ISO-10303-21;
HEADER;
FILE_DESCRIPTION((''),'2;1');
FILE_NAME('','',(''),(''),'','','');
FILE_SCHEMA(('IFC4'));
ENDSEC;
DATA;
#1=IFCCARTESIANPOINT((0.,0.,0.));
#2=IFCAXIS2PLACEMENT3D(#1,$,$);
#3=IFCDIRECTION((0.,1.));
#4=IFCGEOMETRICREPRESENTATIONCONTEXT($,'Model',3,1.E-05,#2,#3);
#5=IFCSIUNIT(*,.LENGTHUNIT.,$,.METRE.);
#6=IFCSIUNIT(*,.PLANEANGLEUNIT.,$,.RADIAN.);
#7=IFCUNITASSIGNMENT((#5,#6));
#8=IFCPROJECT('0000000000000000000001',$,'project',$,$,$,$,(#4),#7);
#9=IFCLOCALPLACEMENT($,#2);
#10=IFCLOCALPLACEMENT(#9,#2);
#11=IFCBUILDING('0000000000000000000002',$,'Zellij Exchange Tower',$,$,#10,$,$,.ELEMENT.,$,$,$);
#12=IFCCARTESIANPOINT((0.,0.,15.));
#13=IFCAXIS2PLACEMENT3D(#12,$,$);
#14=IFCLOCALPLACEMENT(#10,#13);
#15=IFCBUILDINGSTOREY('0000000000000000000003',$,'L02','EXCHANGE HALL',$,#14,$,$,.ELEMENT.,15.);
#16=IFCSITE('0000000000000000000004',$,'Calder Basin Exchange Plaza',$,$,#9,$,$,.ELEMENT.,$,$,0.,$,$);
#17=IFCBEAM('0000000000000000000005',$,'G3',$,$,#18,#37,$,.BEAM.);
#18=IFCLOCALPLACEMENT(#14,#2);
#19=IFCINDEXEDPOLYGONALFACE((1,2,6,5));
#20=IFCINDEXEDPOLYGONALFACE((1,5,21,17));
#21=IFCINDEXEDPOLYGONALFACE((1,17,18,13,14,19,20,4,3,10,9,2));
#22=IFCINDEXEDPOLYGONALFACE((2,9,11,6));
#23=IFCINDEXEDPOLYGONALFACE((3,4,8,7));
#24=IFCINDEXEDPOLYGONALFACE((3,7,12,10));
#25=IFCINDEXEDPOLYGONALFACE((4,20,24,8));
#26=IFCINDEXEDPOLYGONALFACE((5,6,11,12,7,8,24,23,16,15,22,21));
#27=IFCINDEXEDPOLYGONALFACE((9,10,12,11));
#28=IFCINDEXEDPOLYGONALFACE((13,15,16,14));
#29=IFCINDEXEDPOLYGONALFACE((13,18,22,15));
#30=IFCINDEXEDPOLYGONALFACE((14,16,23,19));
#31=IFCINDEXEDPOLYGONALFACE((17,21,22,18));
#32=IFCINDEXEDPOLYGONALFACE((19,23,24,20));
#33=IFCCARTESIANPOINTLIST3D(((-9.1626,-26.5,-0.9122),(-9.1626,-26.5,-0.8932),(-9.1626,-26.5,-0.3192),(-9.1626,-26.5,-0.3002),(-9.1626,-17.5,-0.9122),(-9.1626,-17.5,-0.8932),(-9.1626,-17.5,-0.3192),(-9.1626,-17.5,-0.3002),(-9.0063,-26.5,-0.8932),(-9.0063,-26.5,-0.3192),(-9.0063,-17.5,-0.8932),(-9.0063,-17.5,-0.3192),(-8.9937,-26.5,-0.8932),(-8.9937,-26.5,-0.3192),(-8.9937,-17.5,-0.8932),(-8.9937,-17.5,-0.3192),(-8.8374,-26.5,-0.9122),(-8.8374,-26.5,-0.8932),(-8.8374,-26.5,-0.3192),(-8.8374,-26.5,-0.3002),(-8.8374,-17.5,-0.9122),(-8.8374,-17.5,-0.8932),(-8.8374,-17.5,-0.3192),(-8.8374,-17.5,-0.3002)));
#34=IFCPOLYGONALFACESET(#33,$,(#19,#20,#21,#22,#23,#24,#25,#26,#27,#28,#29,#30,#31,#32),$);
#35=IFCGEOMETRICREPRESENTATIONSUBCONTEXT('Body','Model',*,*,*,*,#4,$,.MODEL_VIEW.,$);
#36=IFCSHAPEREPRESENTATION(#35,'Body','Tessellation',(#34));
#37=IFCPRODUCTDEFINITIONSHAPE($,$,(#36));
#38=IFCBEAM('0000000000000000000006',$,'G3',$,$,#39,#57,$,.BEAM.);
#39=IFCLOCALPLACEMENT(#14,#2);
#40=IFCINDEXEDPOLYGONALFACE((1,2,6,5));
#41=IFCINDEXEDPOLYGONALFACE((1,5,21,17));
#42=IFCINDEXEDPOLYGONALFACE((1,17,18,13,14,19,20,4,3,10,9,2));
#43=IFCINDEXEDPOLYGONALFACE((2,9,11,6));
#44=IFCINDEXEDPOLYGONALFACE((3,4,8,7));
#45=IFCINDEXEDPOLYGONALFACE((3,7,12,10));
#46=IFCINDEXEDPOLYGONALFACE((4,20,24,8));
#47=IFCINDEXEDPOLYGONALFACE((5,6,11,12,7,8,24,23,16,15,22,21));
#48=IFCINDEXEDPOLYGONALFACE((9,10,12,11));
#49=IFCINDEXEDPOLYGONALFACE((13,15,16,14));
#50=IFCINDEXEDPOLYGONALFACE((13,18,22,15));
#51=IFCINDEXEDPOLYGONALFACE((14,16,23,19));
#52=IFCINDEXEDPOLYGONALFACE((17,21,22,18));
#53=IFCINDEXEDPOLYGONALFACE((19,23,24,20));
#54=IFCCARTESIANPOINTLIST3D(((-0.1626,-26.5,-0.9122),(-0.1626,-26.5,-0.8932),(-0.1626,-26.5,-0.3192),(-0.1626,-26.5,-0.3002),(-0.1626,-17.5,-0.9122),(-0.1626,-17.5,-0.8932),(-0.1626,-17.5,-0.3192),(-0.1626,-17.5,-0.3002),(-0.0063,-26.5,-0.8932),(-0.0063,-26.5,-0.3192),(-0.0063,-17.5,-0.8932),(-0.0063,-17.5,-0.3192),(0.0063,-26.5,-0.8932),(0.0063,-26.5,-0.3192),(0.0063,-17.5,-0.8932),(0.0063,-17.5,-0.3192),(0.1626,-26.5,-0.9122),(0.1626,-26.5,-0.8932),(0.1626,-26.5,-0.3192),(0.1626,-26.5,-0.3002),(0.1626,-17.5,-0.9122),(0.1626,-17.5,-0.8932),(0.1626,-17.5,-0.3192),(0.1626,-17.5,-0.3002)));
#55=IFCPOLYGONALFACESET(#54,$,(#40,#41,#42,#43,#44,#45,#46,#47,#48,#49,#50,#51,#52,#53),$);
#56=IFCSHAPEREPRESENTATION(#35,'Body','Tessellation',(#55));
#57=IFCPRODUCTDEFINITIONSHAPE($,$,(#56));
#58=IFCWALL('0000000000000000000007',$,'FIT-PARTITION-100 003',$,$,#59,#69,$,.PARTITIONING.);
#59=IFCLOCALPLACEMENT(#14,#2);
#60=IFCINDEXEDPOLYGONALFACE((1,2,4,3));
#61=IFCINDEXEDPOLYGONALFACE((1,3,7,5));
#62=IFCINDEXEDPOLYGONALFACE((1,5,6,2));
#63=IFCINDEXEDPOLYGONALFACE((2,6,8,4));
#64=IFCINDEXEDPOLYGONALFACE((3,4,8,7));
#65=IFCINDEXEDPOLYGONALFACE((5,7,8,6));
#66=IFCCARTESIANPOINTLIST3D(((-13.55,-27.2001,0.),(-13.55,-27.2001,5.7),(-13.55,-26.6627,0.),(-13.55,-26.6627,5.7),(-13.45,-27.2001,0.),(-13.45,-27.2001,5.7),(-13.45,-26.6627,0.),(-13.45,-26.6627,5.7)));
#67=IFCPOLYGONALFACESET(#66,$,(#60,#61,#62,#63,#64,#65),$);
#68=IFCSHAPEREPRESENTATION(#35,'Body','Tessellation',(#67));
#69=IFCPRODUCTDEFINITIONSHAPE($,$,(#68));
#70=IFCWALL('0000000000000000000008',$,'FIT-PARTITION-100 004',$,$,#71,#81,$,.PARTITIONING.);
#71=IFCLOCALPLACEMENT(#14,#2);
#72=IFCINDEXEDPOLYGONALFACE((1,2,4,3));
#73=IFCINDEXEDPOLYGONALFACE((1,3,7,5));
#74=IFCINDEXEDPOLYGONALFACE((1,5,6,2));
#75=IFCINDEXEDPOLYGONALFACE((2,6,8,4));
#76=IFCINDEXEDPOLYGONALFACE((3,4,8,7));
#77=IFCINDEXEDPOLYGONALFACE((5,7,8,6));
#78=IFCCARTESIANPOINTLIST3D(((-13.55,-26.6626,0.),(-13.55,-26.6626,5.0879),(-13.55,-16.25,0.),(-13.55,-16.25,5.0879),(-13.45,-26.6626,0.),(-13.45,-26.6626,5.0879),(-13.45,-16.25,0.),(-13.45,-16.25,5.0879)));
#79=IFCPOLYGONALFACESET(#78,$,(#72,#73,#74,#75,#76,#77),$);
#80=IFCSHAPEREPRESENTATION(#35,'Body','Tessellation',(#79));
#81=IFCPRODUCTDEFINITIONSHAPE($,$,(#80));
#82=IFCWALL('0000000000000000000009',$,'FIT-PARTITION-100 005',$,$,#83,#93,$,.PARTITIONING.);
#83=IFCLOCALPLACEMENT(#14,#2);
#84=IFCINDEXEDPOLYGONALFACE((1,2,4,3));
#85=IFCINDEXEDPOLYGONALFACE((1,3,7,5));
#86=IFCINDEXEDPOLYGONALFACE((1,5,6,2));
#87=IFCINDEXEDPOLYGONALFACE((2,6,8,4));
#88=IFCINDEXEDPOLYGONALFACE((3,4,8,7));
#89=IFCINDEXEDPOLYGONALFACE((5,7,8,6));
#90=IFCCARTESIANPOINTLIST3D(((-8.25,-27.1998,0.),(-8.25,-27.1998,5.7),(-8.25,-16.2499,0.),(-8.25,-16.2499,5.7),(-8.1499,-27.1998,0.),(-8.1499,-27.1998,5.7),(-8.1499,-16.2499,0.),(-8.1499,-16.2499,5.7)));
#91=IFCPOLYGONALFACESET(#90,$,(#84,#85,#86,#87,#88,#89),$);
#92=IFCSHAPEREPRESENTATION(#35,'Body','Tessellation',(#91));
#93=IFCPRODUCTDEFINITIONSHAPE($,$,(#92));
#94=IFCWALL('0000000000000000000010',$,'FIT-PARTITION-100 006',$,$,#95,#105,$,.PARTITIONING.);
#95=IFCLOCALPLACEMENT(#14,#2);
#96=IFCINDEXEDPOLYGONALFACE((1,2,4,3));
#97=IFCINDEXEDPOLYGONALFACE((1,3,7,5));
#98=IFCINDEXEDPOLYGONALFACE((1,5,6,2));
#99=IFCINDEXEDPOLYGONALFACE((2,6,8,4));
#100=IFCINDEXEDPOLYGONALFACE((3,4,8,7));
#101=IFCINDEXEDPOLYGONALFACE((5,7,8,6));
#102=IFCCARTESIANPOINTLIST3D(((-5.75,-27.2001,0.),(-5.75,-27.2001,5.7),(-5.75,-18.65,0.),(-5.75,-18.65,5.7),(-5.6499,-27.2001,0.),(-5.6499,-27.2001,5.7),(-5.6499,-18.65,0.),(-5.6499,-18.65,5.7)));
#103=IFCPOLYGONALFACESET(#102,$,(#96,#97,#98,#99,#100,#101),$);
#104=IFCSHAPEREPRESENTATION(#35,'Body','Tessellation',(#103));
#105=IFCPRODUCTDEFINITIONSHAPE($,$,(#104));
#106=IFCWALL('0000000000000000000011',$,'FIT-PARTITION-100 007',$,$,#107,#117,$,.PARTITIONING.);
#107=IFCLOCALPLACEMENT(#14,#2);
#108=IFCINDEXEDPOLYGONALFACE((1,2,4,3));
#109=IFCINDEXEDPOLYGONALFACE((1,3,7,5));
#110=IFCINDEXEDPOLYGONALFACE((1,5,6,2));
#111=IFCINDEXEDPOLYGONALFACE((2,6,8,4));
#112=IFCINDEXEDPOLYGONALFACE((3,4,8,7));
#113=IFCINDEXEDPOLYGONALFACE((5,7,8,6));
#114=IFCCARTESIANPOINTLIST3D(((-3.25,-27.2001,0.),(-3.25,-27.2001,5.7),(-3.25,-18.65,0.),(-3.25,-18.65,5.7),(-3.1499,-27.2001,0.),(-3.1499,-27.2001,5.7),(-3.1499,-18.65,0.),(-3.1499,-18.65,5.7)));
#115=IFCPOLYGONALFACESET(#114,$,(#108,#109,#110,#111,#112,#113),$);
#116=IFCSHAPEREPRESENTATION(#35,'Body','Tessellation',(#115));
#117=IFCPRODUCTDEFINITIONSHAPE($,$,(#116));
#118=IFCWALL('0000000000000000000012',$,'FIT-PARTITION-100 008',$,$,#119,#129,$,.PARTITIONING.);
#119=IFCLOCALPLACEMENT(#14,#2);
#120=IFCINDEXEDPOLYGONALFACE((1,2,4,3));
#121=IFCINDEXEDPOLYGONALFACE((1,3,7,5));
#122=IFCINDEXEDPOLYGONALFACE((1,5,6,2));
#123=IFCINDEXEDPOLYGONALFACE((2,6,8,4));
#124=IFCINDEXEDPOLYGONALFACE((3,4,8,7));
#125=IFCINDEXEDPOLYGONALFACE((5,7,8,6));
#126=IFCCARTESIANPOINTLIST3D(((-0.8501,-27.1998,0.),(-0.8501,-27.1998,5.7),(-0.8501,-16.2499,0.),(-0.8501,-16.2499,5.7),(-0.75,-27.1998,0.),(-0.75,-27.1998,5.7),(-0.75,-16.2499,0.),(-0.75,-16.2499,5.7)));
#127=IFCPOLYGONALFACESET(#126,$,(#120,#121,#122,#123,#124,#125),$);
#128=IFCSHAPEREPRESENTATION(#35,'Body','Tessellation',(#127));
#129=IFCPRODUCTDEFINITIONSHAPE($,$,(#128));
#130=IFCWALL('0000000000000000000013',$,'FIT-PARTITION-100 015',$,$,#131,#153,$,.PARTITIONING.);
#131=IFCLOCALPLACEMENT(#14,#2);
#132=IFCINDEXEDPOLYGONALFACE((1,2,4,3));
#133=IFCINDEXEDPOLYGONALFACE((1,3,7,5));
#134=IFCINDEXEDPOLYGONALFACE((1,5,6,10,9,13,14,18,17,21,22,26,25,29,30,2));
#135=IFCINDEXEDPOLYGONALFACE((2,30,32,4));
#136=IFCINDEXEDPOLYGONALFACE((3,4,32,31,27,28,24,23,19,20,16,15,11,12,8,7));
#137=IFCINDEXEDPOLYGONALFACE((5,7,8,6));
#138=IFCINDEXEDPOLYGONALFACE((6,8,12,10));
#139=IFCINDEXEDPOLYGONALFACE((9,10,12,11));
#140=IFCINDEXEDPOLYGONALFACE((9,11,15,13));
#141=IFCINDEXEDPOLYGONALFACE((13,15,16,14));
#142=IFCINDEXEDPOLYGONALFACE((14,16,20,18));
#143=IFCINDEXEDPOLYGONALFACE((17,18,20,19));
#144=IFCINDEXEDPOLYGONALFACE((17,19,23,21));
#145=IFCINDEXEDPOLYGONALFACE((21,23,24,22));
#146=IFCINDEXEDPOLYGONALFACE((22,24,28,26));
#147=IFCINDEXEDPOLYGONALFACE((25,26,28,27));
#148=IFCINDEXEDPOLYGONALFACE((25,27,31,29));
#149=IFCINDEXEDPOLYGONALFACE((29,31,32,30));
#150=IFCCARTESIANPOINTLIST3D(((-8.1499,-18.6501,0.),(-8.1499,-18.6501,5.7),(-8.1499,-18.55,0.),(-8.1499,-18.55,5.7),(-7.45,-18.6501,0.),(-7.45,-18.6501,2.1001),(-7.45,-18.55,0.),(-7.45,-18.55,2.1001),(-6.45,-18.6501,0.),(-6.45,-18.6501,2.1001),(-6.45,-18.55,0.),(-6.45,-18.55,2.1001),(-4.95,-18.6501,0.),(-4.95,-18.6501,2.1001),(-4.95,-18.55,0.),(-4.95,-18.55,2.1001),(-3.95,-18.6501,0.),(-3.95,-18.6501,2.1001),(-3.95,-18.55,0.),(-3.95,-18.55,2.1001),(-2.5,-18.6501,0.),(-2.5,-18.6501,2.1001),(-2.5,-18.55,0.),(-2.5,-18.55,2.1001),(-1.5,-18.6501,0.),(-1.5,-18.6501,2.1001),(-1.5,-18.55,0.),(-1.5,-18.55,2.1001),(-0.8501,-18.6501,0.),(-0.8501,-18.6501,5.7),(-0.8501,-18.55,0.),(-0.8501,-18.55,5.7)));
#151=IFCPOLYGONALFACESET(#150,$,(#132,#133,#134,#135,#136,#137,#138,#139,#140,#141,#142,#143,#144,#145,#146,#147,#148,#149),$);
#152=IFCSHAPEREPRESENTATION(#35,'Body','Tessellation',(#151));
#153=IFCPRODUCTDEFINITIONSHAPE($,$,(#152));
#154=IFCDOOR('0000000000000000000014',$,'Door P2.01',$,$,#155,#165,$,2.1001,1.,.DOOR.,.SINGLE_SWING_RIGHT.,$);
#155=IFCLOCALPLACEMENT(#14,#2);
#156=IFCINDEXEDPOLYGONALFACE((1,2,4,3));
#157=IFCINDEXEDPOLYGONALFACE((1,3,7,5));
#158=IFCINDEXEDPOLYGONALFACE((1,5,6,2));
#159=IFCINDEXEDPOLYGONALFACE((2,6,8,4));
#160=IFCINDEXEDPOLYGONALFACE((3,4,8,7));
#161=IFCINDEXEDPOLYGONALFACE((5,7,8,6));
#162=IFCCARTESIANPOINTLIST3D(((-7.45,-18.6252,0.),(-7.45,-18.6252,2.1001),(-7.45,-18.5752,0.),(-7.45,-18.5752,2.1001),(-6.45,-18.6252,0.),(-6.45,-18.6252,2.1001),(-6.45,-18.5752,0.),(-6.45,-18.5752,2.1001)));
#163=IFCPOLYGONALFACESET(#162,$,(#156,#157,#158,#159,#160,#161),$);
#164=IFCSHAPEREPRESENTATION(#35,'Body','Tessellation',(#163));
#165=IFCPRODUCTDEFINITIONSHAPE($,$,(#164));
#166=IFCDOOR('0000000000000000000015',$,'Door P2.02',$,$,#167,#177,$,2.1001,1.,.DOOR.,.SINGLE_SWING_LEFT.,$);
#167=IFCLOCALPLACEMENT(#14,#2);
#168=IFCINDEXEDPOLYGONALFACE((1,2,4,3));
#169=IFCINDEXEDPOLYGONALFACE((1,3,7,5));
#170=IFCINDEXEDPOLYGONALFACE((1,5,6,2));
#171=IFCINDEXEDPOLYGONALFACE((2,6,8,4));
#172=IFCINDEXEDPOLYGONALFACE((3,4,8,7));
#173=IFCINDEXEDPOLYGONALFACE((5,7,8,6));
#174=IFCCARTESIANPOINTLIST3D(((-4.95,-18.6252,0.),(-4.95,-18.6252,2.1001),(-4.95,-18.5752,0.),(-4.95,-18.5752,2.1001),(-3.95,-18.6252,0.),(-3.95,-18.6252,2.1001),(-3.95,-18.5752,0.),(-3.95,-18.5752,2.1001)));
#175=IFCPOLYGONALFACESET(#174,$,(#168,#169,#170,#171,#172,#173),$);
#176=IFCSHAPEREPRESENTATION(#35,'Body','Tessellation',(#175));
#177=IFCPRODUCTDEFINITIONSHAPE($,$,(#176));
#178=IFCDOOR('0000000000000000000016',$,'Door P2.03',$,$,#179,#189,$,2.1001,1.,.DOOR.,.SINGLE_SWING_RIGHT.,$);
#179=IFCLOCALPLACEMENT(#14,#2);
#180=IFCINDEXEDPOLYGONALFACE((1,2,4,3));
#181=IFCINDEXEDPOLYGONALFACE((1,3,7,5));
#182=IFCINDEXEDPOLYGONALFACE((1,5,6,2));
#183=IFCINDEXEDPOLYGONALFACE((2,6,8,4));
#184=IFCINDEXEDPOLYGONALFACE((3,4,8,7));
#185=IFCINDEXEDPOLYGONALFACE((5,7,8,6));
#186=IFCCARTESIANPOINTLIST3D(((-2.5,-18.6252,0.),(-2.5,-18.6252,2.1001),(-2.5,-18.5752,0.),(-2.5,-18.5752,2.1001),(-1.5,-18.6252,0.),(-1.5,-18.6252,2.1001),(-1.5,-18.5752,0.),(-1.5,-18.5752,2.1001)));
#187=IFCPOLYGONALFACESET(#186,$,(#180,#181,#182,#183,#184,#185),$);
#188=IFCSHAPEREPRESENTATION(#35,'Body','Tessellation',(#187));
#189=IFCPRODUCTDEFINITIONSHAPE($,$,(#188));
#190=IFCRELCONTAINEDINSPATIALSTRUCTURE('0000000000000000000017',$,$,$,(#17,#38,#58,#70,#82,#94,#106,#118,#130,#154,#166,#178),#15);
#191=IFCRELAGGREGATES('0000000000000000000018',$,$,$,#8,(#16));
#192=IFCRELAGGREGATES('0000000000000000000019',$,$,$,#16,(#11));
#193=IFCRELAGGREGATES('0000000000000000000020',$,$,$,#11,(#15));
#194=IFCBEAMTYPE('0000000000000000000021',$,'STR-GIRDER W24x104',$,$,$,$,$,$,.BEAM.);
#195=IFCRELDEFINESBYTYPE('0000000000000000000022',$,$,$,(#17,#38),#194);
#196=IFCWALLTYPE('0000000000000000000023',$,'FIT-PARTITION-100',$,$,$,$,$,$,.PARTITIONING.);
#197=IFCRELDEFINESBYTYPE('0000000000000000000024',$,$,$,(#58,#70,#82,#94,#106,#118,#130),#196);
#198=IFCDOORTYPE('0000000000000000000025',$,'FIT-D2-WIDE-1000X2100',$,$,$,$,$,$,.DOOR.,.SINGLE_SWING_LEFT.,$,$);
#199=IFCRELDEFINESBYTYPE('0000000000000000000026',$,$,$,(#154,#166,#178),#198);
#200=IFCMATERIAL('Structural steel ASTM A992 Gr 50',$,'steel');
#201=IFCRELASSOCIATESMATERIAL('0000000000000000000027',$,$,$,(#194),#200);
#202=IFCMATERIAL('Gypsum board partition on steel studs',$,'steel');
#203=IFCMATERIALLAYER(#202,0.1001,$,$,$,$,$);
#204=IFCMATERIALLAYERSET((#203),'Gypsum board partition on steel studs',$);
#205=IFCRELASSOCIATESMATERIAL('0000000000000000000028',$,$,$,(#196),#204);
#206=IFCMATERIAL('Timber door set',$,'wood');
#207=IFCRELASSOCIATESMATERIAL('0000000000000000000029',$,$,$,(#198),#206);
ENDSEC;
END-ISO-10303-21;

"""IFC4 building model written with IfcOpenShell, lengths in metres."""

from ifc_helpers import new_model, si_unit, direction, frame, frame_2d, origin, origin_2d, place, context, subcontext, project, spatial, rectangle, i_section, extrude, material, layer, layer_set, material_profile, profile_set, type_object, element, fill, save


model = new_model("IFC4")

# Units and contexts
model_context = context("Model", 3, precision=1e-05, world=origin(), true_north=direction((0.0, 1.0)))
body_context = subcontext(model_context, "Body", "Model", "MODEL_VIEW")
ifc_project = project(units=[si_unit("LENGTHUNIT", "METRE"), si_unit("PLANEANGLEUNIT", "RADIAN")], contexts=[model_context])

# Site, building, storey
site_placement = place(None, origin())
site = spatial("IfcSite", under=ifc_project, at=site_placement, Name="Calder Basin Exchange Plaza", CompositionType="ELEMENT", RefElevation=0.0)
building_placement = place(site_placement, origin())
building = spatial("IfcBuilding", under=site, at=building_placement, Name="Zellij Exchange Tower", CompositionType="ELEMENT")
storey_placement = place(building_placement, frame((0.0, 0.0, 15.0)))
storey = spatial("IfcBuildingStorey", under=building, at=storey_placement, Name="L02", Description="EXCHANGE HALL", CompositionType="ELEMENT", Elevation=15.0)

# Beams
ifc_material_1 = material(Name="Structural steel ASTM A992 Gr 50", Category="steel")
ifc_material_profile_1 = material_profile(ifc_material_1, i_section(OverallWidth=0.3252, OverallDepth=0.6121, WebThickness=0.0127, FlangeThickness=0.019, at=origin_2d()), Name="W24x104")
ifc_profile_set_1 = profile_set([ifc_material_profile_1], Name="Structural steel ASTM A992 Gr 50")
beam_type_1 = type_object("IfcBeamType", Name="STR-GIRDER W24x104", PredefinedType="BEAM", material=ifc_profile_set_1)
for number, where, z_axis, x_axis, name in (
    (1, (-9.0, -26.5, -0.6062), (0.0, 1.0, 0.0), (-1.0, 0.0, 0.0), "G3"),
    (2, (0.0, -26.5, -0.6062), (0.0, 1.0, 0.0), (-1.0, 0.0, 0.0), "G3"),
):
    element("IfcBeam", number, at=place(storey_placement, frame(where, z_axis=z_axis, x_axis=x_axis)), inside=storey, type_object=beam_type_1, Name=name, PredefinedType="BEAM", context=body_context, shape_type="SweptSolid", body=[
        extrude(i_section(OverallWidth=0.3252, OverallDepth=0.6121, WebThickness=0.0127, FlangeThickness=0.019, at=origin_2d()), origin(), (0.0, 0.0, 1.0), 9.0),
    ])

# Walls
ifc_material_2 = material(Name="Gypsum board partition on steel studs", Category="steel")
ifc_layer = layer(ifc_material_2, 0.1001)
ifc_layer_set = layer_set([ifc_layer], Name="Gypsum board partition on steel studs")
wall_type = type_object("IfcWallType", Name="FIT-PARTITION-100", PredefinedType="PARTITIONING", material=ifc_layer_set)
wall_1_placement = place(storey_placement, frame((-13.5, -27.2, 0.0), z_axis=(0.0, 0.0, 1.0), x_axis=(0.0, 1.0, 0.0)))
element("IfcWall", 3, at=wall_1_placement, inside=storey, type_object=wall_type, Name="FIT-PARTITION-100 003", PredefinedType="PARTITIONING", context=body_context, shape_type="SweptSolid", body=[
    extrude(rectangle(XDim=0.5374, YDim=0.1001, at=frame_2d((0.2686, 0.0))), origin(), (0.0, 0.0, 1.0), 5.7),
])
wall_2_placement = place(storey_placement, frame((-13.5, -26.6626, 0.0), z_axis=(0.0, 0.0, 1.0), x_axis=(0.0, 1.0, 0.0)))
element("IfcWall", 4, at=wall_2_placement, inside=storey, type_object=wall_type, Name="FIT-PARTITION-100 004", PredefinedType="PARTITIONING", context=body_context, shape_type="SweptSolid", body=[
    extrude(rectangle(XDim=10.4126, YDim=0.1001, at=frame_2d((5.2063, 0.0))), origin(), (0.0, 0.0, 1.0), 5.0879),
])
wall_3_placement = place(storey_placement, frame((-8.2, -27.2, 0.0), z_axis=(0.0, 0.0, 1.0), x_axis=(0.0, 1.0, 0.0)))
element("IfcWall", 5, at=wall_3_placement, inside=storey, type_object=wall_type, Name="FIT-PARTITION-100 005", PredefinedType="PARTITIONING", context=body_context, shape_type="SweptSolid", body=[
    extrude(rectangle(XDim=10.95, YDim=0.1001, at=frame_2d((5.4751, 0.0))), origin(), (0.0, 0.0, 1.0), 5.7),
])
for number, where, z_axis, x_axis, name in (
    (6, (-5.7, -27.2, 0.0), (0.0, 0.0, 1.0), (0.0, 1.0, 0.0), "FIT-PARTITION-100 006"),
    (7, (-3.2, -27.2, 0.0), (0.0, 0.0, 1.0), (0.0, 1.0, 0.0), "FIT-PARTITION-100 007"),
):
    element("IfcWall", number, at=place(storey_placement, frame(where, z_axis=z_axis, x_axis=x_axis)), inside=storey, type_object=wall_type, Name=name, PredefinedType="PARTITIONING", context=body_context, shape_type="SweptSolid", body=[
        extrude(rectangle(XDim=8.55, YDim=0.1001, at=frame_2d((4.2749, 0.0))), origin(), (0.0, 0.0, 1.0), 5.7),
    ])
wall_4_placement = place(storey_placement, frame((-0.8, -27.2, 0.0), z_axis=(0.0, 0.0, 1.0), x_axis=(0.0, 1.0, 0.0)))
element("IfcWall", 8, at=wall_4_placement, inside=storey, type_object=wall_type, Name="FIT-PARTITION-100 008", PredefinedType="PARTITIONING", context=body_context, shape_type="SweptSolid", body=[
    extrude(rectangle(XDim=10.95, YDim=0.1001, at=frame_2d((5.4751, 0.0))), origin(), (0.0, 0.0, 1.0), 5.7),
])

# Wall, openings, doors
wall_5_placement = place(storey_placement, frame((-8.1499, -18.6001, 0.0), z_axis=(0.0, 0.0, 1.0), x_axis=(1.0, 0.0, 0.0)))
wall_5 = element("IfcWall", 9, at=wall_5_placement, inside=storey, type_object=wall_type, Name="FIT-PARTITION-100 015", PredefinedType="PARTITIONING", context=body_context, shape_type="SweptSolid", body=[
    extrude(rectangle(XDim=7.2998, YDim=0.1001, at=frame_2d((3.6499, 0.0))), origin(), (0.0, 0.0, 1.0), 5.7),
])
opening_1_placement = place(wall_5_placement, frame((0.7, 0.0, 0.0)))
opening_1 = element("IfcOpeningElement", 10, at=opening_1_placement, cuts=wall_5, PredefinedType="OPENING", context=body_context, shape_type="SweptSolid", body=[
    extrude(rectangle(XDim=1.0, YDim=2.1001, at=frame_2d((0.5, 1.05))), frame((0.0, 0.062, 0.0), z_axis=(0.0, -1.0, 0.0), x_axis=(1.0, 0.0, 0.0)), (0.0, 0.0, 1.0), 0.124),
])
opening_2_placement = place(wall_5_placement, frame((3.2, 0.0, 0.0)))
opening_2 = element("IfcOpeningElement", 11, at=opening_2_placement, cuts=wall_5, PredefinedType="OPENING", context=body_context, shape_type="SweptSolid", body=[
    extrude(rectangle(XDim=1.0, YDim=2.1001, at=frame_2d((0.5, 1.05))), frame((0.0, 0.062, 0.0), z_axis=(0.0, -1.0, 0.0), x_axis=(1.0, 0.0, 0.0)), (0.0, 0.0, 1.0), 0.124),
])
opening_3_placement = place(wall_5_placement, frame((5.6499, 0.0, 0.0)))
opening_3 = element("IfcOpeningElement", 12, at=opening_3_placement, cuts=wall_5, PredefinedType="OPENING", context=body_context, shape_type="SweptSolid", body=[
    extrude(rectangle(XDim=1.0, YDim=2.1001, at=frame_2d((0.5, 1.05))), frame((0.0, 0.062, 0.0), z_axis=(0.0, -1.0, 0.0), x_axis=(1.0, 0.0, 0.0)), (0.0, 0.0, 1.0), 0.124),
])
ifc_material_3 = material(Name="Timber door set", Category="wood")
door_type = type_object("IfcDoorType", Name="FIT-D2-WIDE-1000X2100", OperationType="SINGLE_SWING_LEFT", PredefinedType="DOOR", material=ifc_material_3)
door_1_placement = place(opening_1_placement, origin())
door_1 = element("IfcDoor", 13, at=door_1_placement, inside=storey, type_object=door_type, Name="Door P2.01", OperationType="SINGLE_SWING_RIGHT", OverallHeight=2.1001, OverallWidth=1.0, PredefinedType="DOOR", context=body_context, shape_type="SweptSolid", body=[
    extrude(rectangle(XDim=1.0, YDim=2.1001, at=frame_2d((0.5, 1.05))), frame((0.0, 0.0249, 0.0), z_axis=(0.0, -1.0, 0.0), x_axis=(1.0, 0.0, 0.0)), (0.0, 0.0, 1.0), 0.05),
])
fill(opening_1, door_1)
door_2_placement = place(opening_2_placement, origin())
door_2 = element("IfcDoor", 14, at=door_2_placement, inside=storey, type_object=door_type, Name="Door P2.02", OperationType="SINGLE_SWING_LEFT", OverallHeight=2.1001, OverallWidth=1.0, PredefinedType="DOOR", context=body_context, shape_type="SweptSolid", body=[
    extrude(rectangle(XDim=1.0, YDim=2.1001, at=frame_2d((0.5, 1.05))), frame((0.0, 0.0249, 0.0), z_axis=(0.0, -1.0, 0.0), x_axis=(1.0, 0.0, 0.0)), (0.0, 0.0, 1.0), 0.05),
])
fill(opening_2, door_2)
door_3_placement = place(opening_3_placement, origin())
door_3 = element("IfcDoor", 15, at=door_3_placement, inside=storey, type_object=door_type, Name="Door P2.03", OperationType="SINGLE_SWING_RIGHT", OverallHeight=2.1001, OverallWidth=1.0, PredefinedType="DOOR", context=body_context, shape_type="SweptSolid", body=[
    extrude(rectangle(XDim=1.0, YDim=2.1001, at=frame_2d((0.5, 1.05))), frame((0.0, 0.0249, 0.0), z_axis=(0.0, -1.0, 0.0), x_axis=(1.0, 0.0, 0.0)), (0.0, 0.0, 1.0), 0.05),
])
fill(opening_3, door_3)

save(model, "model.ifc")
